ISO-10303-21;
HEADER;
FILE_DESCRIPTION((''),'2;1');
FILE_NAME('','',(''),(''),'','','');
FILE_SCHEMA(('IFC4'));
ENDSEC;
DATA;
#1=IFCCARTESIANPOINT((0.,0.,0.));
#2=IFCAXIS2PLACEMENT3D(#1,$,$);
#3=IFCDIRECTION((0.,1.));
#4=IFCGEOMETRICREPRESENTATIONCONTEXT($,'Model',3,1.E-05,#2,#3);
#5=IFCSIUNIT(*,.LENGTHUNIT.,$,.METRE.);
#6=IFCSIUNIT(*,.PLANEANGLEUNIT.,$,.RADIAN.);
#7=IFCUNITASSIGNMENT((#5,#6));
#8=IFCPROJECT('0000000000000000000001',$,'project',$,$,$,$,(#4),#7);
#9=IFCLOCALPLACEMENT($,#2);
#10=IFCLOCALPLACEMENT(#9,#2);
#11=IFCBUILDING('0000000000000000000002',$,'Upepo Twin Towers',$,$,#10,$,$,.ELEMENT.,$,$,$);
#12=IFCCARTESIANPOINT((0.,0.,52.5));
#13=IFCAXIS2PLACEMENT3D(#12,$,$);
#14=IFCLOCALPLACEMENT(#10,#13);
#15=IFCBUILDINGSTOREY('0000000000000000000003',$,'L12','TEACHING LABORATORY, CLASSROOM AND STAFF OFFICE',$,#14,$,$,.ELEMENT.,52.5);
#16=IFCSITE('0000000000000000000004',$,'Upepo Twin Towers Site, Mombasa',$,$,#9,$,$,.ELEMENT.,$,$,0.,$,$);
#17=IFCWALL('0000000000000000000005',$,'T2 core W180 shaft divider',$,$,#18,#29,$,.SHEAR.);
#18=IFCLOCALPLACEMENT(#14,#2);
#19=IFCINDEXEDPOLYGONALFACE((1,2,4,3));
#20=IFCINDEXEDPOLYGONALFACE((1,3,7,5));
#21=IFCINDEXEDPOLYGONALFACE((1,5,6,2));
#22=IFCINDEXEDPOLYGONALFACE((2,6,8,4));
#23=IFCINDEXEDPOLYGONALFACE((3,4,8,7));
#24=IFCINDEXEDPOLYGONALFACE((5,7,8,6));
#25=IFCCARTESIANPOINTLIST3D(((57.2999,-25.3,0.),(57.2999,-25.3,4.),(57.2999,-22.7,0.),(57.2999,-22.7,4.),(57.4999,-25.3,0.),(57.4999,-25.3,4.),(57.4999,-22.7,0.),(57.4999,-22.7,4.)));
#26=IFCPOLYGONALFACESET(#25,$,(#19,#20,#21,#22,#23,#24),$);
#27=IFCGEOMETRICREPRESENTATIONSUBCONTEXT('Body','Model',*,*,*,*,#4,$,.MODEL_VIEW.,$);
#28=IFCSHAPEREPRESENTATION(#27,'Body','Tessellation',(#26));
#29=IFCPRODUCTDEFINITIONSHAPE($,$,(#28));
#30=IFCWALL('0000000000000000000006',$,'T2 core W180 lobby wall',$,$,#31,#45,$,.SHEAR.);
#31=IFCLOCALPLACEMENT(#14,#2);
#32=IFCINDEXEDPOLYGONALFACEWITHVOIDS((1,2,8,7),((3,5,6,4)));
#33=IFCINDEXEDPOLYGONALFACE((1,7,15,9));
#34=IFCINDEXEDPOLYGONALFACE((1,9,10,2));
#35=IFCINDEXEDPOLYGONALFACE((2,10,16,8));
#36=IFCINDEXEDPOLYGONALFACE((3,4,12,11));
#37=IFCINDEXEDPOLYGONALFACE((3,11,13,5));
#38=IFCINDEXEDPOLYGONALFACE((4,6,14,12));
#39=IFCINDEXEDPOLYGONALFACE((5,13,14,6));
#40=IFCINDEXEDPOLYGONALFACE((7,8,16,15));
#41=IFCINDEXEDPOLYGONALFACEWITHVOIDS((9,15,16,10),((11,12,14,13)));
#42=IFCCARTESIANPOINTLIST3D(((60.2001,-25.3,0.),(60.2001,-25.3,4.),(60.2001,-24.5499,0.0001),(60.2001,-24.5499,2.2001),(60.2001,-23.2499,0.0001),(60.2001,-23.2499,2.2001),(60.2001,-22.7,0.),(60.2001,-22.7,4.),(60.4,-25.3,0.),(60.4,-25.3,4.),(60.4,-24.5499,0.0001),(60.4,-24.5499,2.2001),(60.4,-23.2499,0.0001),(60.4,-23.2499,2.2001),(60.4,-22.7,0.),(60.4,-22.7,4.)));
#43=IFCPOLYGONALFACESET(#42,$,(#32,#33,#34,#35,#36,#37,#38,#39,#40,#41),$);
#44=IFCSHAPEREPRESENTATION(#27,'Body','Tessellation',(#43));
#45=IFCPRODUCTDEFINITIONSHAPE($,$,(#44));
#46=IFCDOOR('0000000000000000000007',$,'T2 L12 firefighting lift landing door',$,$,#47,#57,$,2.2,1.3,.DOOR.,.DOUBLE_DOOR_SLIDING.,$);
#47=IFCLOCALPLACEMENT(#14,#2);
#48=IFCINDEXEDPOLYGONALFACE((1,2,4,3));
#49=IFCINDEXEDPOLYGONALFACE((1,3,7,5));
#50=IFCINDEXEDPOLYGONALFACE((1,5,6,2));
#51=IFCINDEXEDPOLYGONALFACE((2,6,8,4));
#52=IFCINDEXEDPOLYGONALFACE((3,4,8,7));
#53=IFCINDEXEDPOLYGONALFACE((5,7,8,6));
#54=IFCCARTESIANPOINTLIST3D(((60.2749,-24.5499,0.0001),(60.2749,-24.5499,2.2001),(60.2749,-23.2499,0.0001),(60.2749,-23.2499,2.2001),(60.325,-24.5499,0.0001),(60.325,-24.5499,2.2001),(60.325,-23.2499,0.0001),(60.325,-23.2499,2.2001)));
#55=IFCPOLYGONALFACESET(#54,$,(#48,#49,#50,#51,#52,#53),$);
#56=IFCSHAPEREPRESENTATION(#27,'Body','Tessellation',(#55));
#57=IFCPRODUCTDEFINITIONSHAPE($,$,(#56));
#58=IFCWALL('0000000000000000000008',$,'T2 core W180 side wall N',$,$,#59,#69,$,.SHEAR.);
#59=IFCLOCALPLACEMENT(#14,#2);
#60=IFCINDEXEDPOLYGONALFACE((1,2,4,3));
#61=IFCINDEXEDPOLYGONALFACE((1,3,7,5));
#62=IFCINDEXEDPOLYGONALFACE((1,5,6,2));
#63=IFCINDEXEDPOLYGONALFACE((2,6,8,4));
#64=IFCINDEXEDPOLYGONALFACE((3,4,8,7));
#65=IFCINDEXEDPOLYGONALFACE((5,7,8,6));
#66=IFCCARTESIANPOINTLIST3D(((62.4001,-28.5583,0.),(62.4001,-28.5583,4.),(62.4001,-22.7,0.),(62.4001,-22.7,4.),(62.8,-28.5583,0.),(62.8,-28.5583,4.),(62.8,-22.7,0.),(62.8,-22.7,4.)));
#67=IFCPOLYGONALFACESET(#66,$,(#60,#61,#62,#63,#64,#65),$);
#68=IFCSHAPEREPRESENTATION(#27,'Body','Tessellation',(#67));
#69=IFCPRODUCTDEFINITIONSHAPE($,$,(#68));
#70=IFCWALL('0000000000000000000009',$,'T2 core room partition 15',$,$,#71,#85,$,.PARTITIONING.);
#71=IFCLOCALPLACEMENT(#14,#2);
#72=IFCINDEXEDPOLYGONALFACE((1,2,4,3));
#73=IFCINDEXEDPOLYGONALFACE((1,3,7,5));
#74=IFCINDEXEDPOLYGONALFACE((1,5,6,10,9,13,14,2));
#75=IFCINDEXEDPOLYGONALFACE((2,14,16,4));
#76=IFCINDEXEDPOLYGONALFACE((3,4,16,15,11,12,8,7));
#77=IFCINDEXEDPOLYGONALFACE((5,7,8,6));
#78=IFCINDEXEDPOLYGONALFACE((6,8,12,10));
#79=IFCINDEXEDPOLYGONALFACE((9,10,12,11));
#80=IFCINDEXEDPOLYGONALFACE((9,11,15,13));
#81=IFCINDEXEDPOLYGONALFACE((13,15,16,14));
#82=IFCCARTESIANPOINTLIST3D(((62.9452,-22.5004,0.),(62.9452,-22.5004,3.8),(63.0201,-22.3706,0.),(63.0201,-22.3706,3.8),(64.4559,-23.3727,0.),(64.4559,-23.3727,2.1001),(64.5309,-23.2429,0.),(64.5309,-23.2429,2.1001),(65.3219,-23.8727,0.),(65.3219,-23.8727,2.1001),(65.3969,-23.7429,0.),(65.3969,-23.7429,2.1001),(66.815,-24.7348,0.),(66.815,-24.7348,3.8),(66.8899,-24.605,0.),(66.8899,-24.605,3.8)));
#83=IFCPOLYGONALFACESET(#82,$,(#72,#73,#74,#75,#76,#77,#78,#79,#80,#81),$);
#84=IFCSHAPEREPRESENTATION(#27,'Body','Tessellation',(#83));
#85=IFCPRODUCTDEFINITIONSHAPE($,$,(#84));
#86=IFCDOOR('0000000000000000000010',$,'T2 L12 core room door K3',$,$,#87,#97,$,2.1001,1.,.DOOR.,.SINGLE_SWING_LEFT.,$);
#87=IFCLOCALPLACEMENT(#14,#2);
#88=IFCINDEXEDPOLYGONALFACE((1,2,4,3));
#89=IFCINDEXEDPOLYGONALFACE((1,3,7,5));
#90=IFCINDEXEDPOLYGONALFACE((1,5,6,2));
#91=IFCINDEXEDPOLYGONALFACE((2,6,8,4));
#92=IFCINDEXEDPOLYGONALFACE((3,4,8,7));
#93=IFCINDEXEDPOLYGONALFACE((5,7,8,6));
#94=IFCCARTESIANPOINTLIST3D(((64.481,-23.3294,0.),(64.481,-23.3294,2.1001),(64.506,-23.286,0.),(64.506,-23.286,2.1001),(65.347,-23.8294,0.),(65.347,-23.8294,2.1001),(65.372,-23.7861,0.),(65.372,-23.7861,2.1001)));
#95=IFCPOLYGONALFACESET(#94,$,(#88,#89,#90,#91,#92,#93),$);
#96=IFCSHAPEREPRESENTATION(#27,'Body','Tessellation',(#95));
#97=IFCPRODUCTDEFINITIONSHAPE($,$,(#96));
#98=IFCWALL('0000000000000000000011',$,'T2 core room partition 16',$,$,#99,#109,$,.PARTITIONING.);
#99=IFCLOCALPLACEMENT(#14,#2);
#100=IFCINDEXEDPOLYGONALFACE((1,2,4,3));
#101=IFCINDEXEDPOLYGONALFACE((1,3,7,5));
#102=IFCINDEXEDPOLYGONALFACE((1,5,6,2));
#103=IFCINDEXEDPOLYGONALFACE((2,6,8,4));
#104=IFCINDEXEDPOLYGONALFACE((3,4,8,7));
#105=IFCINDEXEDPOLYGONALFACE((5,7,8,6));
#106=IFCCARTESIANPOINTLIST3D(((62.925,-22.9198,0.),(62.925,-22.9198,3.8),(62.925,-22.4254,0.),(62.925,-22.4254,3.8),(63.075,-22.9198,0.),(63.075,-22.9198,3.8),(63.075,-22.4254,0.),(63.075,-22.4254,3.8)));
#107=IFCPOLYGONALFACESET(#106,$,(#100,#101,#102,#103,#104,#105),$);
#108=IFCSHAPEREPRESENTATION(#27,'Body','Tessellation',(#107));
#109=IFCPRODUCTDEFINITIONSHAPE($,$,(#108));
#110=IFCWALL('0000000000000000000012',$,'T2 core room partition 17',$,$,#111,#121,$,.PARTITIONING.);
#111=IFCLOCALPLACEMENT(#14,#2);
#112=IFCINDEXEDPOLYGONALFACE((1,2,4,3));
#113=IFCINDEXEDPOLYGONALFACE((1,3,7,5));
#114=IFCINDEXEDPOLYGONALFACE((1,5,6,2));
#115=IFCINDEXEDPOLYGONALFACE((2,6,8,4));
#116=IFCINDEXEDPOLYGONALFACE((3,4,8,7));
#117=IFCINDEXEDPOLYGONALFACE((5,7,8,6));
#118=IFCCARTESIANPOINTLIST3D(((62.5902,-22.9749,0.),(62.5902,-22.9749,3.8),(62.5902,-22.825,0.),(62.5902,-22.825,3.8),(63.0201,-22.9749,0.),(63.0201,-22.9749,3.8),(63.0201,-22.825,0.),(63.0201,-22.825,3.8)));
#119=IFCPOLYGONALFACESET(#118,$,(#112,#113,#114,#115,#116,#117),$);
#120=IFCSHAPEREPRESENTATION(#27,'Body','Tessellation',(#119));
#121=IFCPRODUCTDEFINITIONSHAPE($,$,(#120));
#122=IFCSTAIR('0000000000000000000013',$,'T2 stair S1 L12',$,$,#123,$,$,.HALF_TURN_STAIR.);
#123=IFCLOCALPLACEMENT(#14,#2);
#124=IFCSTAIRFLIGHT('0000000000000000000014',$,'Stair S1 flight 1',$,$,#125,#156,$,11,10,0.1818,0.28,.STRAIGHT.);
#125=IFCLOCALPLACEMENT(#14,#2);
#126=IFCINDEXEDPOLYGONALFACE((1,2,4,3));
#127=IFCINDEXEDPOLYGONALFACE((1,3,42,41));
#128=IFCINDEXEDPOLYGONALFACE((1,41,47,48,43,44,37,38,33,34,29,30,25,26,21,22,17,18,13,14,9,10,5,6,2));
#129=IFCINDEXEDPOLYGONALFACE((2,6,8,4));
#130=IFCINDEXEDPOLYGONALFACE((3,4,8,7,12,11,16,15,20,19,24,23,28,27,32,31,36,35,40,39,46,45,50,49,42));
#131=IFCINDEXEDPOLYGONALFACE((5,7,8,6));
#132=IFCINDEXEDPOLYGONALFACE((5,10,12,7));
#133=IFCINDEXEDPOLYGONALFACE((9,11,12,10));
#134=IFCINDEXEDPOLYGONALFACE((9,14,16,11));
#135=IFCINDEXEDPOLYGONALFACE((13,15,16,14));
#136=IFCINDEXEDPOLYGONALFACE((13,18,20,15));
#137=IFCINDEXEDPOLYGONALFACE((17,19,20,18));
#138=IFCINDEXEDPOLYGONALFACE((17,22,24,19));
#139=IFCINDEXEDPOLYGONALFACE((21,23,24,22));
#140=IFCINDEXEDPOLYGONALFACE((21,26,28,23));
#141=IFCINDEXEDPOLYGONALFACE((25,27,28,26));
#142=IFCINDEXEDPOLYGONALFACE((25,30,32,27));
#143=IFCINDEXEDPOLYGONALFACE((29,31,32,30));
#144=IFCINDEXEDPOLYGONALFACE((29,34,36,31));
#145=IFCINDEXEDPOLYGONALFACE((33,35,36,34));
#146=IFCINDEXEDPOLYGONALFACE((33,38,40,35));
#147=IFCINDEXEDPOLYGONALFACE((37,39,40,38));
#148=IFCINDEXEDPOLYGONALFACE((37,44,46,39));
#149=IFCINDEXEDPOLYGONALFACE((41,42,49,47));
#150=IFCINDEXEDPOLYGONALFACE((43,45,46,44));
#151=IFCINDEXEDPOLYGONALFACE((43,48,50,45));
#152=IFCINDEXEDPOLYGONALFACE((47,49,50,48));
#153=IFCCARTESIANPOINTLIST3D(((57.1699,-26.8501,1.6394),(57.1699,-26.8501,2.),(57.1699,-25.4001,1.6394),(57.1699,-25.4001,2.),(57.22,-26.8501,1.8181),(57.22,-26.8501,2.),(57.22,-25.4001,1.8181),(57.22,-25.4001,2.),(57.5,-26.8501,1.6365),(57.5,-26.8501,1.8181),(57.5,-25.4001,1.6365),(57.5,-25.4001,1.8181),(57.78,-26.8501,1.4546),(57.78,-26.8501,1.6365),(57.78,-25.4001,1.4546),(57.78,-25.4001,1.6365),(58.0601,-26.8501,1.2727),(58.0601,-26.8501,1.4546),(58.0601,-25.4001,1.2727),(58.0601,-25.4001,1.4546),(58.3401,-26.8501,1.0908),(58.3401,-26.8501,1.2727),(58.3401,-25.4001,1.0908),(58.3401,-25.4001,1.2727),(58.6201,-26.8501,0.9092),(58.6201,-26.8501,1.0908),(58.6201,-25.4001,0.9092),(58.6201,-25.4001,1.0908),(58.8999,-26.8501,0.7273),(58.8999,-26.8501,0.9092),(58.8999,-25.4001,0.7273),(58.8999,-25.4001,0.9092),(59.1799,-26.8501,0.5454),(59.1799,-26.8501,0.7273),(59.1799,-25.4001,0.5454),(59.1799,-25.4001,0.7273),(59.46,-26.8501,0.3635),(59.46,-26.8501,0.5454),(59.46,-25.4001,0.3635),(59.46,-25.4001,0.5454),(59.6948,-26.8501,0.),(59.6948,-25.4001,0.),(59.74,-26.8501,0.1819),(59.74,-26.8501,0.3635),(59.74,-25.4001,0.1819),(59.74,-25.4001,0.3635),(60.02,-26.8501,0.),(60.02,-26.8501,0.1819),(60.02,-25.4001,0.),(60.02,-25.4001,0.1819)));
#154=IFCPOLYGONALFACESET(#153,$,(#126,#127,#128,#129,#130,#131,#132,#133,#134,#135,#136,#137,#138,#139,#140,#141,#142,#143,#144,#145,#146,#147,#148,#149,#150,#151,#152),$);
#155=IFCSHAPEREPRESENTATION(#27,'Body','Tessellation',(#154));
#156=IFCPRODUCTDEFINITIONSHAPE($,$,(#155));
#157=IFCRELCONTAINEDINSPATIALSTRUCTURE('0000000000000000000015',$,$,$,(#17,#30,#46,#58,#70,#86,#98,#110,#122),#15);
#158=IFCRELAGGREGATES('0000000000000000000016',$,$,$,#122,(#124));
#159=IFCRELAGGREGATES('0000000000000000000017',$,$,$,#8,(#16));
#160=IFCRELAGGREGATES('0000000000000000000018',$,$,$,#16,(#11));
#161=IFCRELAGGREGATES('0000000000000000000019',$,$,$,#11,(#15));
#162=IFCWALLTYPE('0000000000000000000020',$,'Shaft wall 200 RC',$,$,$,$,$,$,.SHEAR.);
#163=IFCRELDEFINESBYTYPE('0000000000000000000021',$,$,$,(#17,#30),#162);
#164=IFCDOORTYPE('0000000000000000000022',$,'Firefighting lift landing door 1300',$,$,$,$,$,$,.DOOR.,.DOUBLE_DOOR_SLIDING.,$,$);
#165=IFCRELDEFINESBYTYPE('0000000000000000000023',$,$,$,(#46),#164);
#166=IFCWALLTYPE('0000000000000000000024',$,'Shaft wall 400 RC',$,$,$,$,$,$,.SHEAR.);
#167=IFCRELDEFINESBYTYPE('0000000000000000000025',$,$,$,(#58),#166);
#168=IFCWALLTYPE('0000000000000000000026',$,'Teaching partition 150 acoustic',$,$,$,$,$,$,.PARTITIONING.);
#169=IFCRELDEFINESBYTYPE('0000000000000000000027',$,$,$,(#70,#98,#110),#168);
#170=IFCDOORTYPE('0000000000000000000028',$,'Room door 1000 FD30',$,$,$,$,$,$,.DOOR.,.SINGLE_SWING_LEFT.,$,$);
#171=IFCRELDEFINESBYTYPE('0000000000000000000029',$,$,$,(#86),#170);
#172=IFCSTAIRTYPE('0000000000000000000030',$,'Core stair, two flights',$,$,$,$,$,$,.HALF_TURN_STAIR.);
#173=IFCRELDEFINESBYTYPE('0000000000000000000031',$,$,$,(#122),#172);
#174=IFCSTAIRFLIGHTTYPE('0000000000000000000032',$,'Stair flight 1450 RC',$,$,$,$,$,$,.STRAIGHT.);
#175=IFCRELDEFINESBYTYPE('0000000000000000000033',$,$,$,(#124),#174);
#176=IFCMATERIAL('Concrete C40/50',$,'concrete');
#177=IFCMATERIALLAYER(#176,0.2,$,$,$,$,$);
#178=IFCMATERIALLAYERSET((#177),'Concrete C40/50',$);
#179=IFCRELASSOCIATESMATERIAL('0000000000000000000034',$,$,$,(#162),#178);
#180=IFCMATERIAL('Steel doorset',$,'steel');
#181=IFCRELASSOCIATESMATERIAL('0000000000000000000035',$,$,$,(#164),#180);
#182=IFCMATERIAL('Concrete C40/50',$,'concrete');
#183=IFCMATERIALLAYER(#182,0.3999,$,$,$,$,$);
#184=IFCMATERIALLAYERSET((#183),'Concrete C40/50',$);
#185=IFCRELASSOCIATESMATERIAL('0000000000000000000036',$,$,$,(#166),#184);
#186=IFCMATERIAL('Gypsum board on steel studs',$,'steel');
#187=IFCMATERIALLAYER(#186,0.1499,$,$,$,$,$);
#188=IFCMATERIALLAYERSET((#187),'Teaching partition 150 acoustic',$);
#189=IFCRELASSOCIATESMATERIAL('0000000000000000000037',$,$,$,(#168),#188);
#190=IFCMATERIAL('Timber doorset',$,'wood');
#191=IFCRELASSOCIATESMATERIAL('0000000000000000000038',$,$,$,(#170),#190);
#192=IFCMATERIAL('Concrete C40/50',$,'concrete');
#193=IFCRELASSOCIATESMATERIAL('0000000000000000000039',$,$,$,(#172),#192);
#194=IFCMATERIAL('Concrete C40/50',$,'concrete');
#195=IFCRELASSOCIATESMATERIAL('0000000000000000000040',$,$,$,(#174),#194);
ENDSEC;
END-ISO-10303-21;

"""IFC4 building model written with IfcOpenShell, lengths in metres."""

from ifc_helpers import new_model, si_unit, direction, frame, frame_2d, origin, place, context, subcontext, project, spatial, polyline, rectangle, outline, extrude, material, layer, layer_set, type_object, element, fill, aggregate, save


model = new_model("IFC4")

# Units and contexts
model_context = context("Model", 3, precision=1e-05, world=origin(), true_north=direction((0.0, 1.0)))
body_context = subcontext(model_context, "Body", "Model", "MODEL_VIEW")
ifc_project = project(units=[si_unit("LENGTHUNIT", "METRE"), si_unit("PLANEANGLEUNIT", "RADIAN")], contexts=[model_context])

# Site, building, storey
site_placement = place(None, origin())
site = spatial("IfcSite", under=ifc_project, at=site_placement, Name="Upepo Twin Towers Site, Mombasa", CompositionType="ELEMENT", RefElevation=0.0)
building_placement = place(site_placement, origin())
building = spatial("IfcBuilding", under=site, at=building_placement, Name="Upepo Twin Towers", CompositionType="ELEMENT")
storey_placement = place(building_placement, frame((0.0, 0.0, 52.5)))
storey = spatial("IfcBuildingStorey", under=building, at=storey_placement, Name="L12", Description="TEACHING LABORATORY, CLASSROOM AND STAFF OFFICE", CompositionType="ELEMENT", Elevation=52.5)

# Wall
ifc_material_1 = material(Name="Concrete C40/50", Category="concrete")
ifc_layer_1 = layer(ifc_material_1, 0.2)
ifc_layer_set_1 = layer_set([ifc_layer_1], Name="Concrete C40/50")
wall_type_1 = type_object("IfcWallType", Name="Shaft wall 200 RC", PredefinedType="SHEAR", material=ifc_layer_set_1)
wall_1_placement = place(storey_placement, frame((57.3999, -22.7, 0.0), z_axis=(0.0, 0.0, 1.0), x_axis=(0.0, -1.0, 0.0)))
element("IfcWall", 1, at=wall_1_placement, inside=storey, type_object=wall_type_1, Name="T2 core W180 shaft divider", PredefinedType="SHEAR", context=body_context, shape_type="SweptSolid", body=[
    extrude(rectangle(XDim=2.6001, YDim=0.2, at=frame_2d((1.3, 0.0))), origin(), (0.0, 0.0, 1.0), 4.0),
])

# Wall, opening, door
wall_2_placement = place(storey_placement, frame((60.3, -22.7, 0.0), z_axis=(0.0, 0.0, 1.0), x_axis=(0.0, -1.0, 0.0)))
wall_2 = element("IfcWall", 2, at=wall_2_placement, inside=storey, type_object=wall_type_1, Name="T2 core W180 lobby wall", PredefinedType="SHEAR", context=body_context, shape_type="SweptSolid", body=[
    extrude(rectangle(XDim=2.6001, YDim=0.2, at=frame_2d((1.3, 0.0))), origin(), (0.0, 0.0, 1.0), 4.0),
])
opening_1_placement = place(wall_2_placement, frame((0.55, 0.0, 0.0)))
opening_1 = element("IfcOpeningElement", 3, at=opening_1_placement, cuts=wall_2, PredefinedType="OPENING", context=body_context, shape_type="SweptSolid", body=[
    extrude(rectangle(XDim=1.3, YDim=2.2, at=frame_2d((0.6499, 1.1001))), frame((0.0, 0.1099, 0.0), z_axis=(0.0, -1.0, 0.0), x_axis=(1.0, 0.0, 0.0)), (0.0, 0.0, 1.0), 0.22),
])
ifc_material_2 = material(Name="Steel doorset", Category="steel")
door_type_1 = type_object("IfcDoorType", Name="Firefighting lift landing door 1300", OperationType="DOUBLE_DOOR_SLIDING", PredefinedType="DOOR", material=ifc_material_2)
door_1_placement = place(opening_1_placement, origin())
door_1 = element("IfcDoor", 4, at=door_1_placement, inside=storey, type_object=door_type_1, Name="T2 L12 firefighting lift landing door", OperationType="DOUBLE_DOOR_SLIDING", OverallHeight=2.2, OverallWidth=1.3, PredefinedType="DOOR", context=body_context, shape_type="SweptSolid", body=[
    extrude(rectangle(XDim=1.3, YDim=2.2, at=frame_2d((0.6499, 1.1001))), frame((0.0, 0.0249, 0.0), z_axis=(0.0, -1.0, 0.0), x_axis=(1.0, 0.0, 0.0)), (0.0, 0.0, 1.0), 0.05),
])
fill(opening_1, door_1)

# Wall
ifc_material_3 = material(Name="Concrete C40/50", Category="concrete")
ifc_layer_2 = layer(ifc_material_3, 0.3999)
ifc_layer_set_2 = layer_set([ifc_layer_2], Name="Concrete C40/50")
wall_type_2 = type_object("IfcWallType", Name="Shaft wall 400 RC", PredefinedType="SHEAR", material=ifc_layer_set_2)
wall_3_placement = place(storey_placement, frame((62.6001, -22.7, 0.0), z_axis=(0.0, 0.0, 1.0), x_axis=(0.0, -1.0, 0.0)))
element("IfcWall", 5, at=wall_3_placement, inside=storey, type_object=wall_type_2, Name="T2 core W180 side wall N", PredefinedType="SHEAR", context=body_context, shape_type="SweptSolid", body=[
    extrude(rectangle(XDim=5.8584, YDim=0.3999, at=frame_2d((2.9292, 0.0))), origin(), (0.0, 0.0, 1.0), 4.0),
])

# Wall, opening, door
ifc_material_4 = material(Name="Gypsum board on steel studs", Category="steel")
ifc_layer_3 = layer(ifc_material_4, 0.1499)
ifc_layer_set_3 = layer_set([ifc_layer_3], Name="Teaching partition 150 acoustic")
wall_type_3 = type_object("IfcWallType", Name="Teaching partition 150 acoustic", PredefinedType="PARTITIONING", material=ifc_layer_set_3)
wall_4_placement = place(storey_placement, frame((66.8525, -24.6699, 0.0), z_axis=(0.0, 0.0, 1.0), x_axis=(-0.866015, 0.500017, 0.0)))
wall_4 = element("IfcWall", 6, at=wall_4_placement, inside=storey, type_object=wall_type_3, Name="T2 core room partition 15", PredefinedType="PARTITIONING", context=body_context, shape_type="SweptSolid", body=[
    extrude(rectangle(XDim=4.4685, YDim=0.1499, at=frame_2d((2.2344, 0.0))), origin(), (0.0, 0.0, 1.0), 3.8),
])
opening_2_placement = place(wall_4_placement, frame((1.7241, 0.0, 0.0)))
opening_2 = element("IfcOpeningElement", 7, at=opening_2_placement, cuts=wall_4, PredefinedType="OPENING", context=body_context, shape_type="SweptSolid", body=[
    extrude(rectangle(XDim=1.0, YDim=2.1001, at=frame_2d((0.5, 1.05))), frame((0.0, 0.085, 0.0), z_axis=(0.0, -1.0, 0.0), x_axis=(1.0, 0.0, 0.0)), (0.0, 0.0, 1.0), 0.1699),
])
ifc_material_5 = material(Name="Timber doorset", Category="wood")
door_type_2 = type_object("IfcDoorType", Name="Room door 1000 FD30", OperationType="SINGLE_SWING_LEFT", PredefinedType="DOOR", material=ifc_material_5)
door_2_placement = place(opening_2_placement, origin())
door_2 = element("IfcDoor", 8, at=door_2_placement, inside=storey, type_object=door_type_2, Name="T2 L12 core room door K3", OperationType="SINGLE_SWING_LEFT", OverallHeight=2.1001, OverallWidth=1.0, PredefinedType="DOOR", context=body_context, shape_type="SweptSolid", body=[
    extrude(rectangle(XDim=1.0, YDim=2.1001, at=frame_2d((0.5, 1.05))), frame((0.0, 0.0249, 0.0), z_axis=(0.0, -1.0, 0.0), x_axis=(1.0, 0.0, 0.0)), (0.0, 0.0, 1.0), 0.05),
])
fill(opening_2, door_2)

# Walls
wall_5_placement = place(storey_placement, frame((63.0, -22.4255, 0.0), z_axis=(0.0, 0.0, 1.0), x_axis=(0.0, -1.0, 0.0)))
element("IfcWall", 9, at=wall_5_placement, inside=storey, type_object=wall_type_3, Name="T2 core room partition 16", PredefinedType="PARTITIONING", context=body_context, shape_type="SweptSolid", body=[
    extrude(rectangle(XDim=0.4944, YDim=0.1499, at=frame_2d((0.2471, 0.0))), origin(), (0.0, 0.0, 1.0), 3.8),
])
wall_6_placement = place(storey_placement, frame((63.02, -22.8999, 0.0), z_axis=(0.0, 0.0, 1.0), x_axis=(-1.0, 0.0, 0.0)))
element("IfcWall", 10, at=wall_6_placement, inside=storey, type_object=wall_type_3, Name="T2 core room partition 17", PredefinedType="PARTITIONING", context=body_context, shape_type="SweptSolid", body=[
    extrude(rectangle(XDim=0.4299, YDim=0.1499, at=frame_2d((0.2148, 0.0))), origin(), (0.0, 0.0, 1.0), 3.8),
])

# Stair, stair flight
ifc_material_6 = material(Name="Concrete C40/50", Category="concrete")
stair_type = type_object("IfcStairType", Name="Core stair, two flights", PredefinedType="HALF_TURN_STAIR", material=ifc_material_6)
stair_placement = place(storey_placement, origin())
stair = element("IfcStair", 11, at=stair_placement, inside=storey, type_object=stair_type, Name="T2 stair S1 L12", PredefinedType="HALF_TURN_STAIR")
ifc_material_7 = material(Name="Concrete C40/50", Category="concrete")
stair_flight_type = type_object("IfcStairFlightType", Name="Stair flight 1450 RC", PredefinedType="STRAIGHT", material=ifc_material_7)
stair_flight_1_placement = place(storey_placement, frame((60.02, -26.125, 0.0), z_axis=(0.0, 0.0, 1.0), x_axis=(-1.0, 0.0, 0.0)))
stair_flight_1 = element("IfcStairFlight", 12, at=stair_flight_1_placement, type_object=stair_flight_type, Name="Stair S1 flight 1", NumberOfRisers=11, NumberOfTreads=10, PredefinedType="STRAIGHT", RiserHeight=0.1818, TreadLength=0.28, context=body_context, shape_type="SweptSolid", body=[
    extrude(outline(polyline([(0.0, 0.0), (0.0, 0.1819), (0.28, 0.1819), (0.28, 0.3635), (0.5601, 0.3635), (0.5601, 0.5454), (0.8401, 0.5454), (0.8401, 0.7273), (1.1201, 0.7273), (1.1201, 0.9092), (1.3999, 0.9092), (1.3999, 1.0908), (1.6799, 1.0908), (1.6799, 1.2727), (1.96, 1.2727), (1.96, 1.4546), (2.24, 1.4546), (2.24, 1.6365), (2.52, 1.6365), (2.52, 1.8181), (2.8, 1.8181), (2.8, 2.0), (2.8501, 2.0), (2.8501, 1.6394), (0.3252, 0.0), (0.0, 0.0)])), frame((0.0, 0.7251, 0.0), z_axis=(0.0, -1.0, 0.0), x_axis=(1.0, 0.0, 0.0)), (0.0, 0.0, 1.0), 1.45),
])
aggregate(stair, [stair_flight_1])

save(model, "model.ifc")
